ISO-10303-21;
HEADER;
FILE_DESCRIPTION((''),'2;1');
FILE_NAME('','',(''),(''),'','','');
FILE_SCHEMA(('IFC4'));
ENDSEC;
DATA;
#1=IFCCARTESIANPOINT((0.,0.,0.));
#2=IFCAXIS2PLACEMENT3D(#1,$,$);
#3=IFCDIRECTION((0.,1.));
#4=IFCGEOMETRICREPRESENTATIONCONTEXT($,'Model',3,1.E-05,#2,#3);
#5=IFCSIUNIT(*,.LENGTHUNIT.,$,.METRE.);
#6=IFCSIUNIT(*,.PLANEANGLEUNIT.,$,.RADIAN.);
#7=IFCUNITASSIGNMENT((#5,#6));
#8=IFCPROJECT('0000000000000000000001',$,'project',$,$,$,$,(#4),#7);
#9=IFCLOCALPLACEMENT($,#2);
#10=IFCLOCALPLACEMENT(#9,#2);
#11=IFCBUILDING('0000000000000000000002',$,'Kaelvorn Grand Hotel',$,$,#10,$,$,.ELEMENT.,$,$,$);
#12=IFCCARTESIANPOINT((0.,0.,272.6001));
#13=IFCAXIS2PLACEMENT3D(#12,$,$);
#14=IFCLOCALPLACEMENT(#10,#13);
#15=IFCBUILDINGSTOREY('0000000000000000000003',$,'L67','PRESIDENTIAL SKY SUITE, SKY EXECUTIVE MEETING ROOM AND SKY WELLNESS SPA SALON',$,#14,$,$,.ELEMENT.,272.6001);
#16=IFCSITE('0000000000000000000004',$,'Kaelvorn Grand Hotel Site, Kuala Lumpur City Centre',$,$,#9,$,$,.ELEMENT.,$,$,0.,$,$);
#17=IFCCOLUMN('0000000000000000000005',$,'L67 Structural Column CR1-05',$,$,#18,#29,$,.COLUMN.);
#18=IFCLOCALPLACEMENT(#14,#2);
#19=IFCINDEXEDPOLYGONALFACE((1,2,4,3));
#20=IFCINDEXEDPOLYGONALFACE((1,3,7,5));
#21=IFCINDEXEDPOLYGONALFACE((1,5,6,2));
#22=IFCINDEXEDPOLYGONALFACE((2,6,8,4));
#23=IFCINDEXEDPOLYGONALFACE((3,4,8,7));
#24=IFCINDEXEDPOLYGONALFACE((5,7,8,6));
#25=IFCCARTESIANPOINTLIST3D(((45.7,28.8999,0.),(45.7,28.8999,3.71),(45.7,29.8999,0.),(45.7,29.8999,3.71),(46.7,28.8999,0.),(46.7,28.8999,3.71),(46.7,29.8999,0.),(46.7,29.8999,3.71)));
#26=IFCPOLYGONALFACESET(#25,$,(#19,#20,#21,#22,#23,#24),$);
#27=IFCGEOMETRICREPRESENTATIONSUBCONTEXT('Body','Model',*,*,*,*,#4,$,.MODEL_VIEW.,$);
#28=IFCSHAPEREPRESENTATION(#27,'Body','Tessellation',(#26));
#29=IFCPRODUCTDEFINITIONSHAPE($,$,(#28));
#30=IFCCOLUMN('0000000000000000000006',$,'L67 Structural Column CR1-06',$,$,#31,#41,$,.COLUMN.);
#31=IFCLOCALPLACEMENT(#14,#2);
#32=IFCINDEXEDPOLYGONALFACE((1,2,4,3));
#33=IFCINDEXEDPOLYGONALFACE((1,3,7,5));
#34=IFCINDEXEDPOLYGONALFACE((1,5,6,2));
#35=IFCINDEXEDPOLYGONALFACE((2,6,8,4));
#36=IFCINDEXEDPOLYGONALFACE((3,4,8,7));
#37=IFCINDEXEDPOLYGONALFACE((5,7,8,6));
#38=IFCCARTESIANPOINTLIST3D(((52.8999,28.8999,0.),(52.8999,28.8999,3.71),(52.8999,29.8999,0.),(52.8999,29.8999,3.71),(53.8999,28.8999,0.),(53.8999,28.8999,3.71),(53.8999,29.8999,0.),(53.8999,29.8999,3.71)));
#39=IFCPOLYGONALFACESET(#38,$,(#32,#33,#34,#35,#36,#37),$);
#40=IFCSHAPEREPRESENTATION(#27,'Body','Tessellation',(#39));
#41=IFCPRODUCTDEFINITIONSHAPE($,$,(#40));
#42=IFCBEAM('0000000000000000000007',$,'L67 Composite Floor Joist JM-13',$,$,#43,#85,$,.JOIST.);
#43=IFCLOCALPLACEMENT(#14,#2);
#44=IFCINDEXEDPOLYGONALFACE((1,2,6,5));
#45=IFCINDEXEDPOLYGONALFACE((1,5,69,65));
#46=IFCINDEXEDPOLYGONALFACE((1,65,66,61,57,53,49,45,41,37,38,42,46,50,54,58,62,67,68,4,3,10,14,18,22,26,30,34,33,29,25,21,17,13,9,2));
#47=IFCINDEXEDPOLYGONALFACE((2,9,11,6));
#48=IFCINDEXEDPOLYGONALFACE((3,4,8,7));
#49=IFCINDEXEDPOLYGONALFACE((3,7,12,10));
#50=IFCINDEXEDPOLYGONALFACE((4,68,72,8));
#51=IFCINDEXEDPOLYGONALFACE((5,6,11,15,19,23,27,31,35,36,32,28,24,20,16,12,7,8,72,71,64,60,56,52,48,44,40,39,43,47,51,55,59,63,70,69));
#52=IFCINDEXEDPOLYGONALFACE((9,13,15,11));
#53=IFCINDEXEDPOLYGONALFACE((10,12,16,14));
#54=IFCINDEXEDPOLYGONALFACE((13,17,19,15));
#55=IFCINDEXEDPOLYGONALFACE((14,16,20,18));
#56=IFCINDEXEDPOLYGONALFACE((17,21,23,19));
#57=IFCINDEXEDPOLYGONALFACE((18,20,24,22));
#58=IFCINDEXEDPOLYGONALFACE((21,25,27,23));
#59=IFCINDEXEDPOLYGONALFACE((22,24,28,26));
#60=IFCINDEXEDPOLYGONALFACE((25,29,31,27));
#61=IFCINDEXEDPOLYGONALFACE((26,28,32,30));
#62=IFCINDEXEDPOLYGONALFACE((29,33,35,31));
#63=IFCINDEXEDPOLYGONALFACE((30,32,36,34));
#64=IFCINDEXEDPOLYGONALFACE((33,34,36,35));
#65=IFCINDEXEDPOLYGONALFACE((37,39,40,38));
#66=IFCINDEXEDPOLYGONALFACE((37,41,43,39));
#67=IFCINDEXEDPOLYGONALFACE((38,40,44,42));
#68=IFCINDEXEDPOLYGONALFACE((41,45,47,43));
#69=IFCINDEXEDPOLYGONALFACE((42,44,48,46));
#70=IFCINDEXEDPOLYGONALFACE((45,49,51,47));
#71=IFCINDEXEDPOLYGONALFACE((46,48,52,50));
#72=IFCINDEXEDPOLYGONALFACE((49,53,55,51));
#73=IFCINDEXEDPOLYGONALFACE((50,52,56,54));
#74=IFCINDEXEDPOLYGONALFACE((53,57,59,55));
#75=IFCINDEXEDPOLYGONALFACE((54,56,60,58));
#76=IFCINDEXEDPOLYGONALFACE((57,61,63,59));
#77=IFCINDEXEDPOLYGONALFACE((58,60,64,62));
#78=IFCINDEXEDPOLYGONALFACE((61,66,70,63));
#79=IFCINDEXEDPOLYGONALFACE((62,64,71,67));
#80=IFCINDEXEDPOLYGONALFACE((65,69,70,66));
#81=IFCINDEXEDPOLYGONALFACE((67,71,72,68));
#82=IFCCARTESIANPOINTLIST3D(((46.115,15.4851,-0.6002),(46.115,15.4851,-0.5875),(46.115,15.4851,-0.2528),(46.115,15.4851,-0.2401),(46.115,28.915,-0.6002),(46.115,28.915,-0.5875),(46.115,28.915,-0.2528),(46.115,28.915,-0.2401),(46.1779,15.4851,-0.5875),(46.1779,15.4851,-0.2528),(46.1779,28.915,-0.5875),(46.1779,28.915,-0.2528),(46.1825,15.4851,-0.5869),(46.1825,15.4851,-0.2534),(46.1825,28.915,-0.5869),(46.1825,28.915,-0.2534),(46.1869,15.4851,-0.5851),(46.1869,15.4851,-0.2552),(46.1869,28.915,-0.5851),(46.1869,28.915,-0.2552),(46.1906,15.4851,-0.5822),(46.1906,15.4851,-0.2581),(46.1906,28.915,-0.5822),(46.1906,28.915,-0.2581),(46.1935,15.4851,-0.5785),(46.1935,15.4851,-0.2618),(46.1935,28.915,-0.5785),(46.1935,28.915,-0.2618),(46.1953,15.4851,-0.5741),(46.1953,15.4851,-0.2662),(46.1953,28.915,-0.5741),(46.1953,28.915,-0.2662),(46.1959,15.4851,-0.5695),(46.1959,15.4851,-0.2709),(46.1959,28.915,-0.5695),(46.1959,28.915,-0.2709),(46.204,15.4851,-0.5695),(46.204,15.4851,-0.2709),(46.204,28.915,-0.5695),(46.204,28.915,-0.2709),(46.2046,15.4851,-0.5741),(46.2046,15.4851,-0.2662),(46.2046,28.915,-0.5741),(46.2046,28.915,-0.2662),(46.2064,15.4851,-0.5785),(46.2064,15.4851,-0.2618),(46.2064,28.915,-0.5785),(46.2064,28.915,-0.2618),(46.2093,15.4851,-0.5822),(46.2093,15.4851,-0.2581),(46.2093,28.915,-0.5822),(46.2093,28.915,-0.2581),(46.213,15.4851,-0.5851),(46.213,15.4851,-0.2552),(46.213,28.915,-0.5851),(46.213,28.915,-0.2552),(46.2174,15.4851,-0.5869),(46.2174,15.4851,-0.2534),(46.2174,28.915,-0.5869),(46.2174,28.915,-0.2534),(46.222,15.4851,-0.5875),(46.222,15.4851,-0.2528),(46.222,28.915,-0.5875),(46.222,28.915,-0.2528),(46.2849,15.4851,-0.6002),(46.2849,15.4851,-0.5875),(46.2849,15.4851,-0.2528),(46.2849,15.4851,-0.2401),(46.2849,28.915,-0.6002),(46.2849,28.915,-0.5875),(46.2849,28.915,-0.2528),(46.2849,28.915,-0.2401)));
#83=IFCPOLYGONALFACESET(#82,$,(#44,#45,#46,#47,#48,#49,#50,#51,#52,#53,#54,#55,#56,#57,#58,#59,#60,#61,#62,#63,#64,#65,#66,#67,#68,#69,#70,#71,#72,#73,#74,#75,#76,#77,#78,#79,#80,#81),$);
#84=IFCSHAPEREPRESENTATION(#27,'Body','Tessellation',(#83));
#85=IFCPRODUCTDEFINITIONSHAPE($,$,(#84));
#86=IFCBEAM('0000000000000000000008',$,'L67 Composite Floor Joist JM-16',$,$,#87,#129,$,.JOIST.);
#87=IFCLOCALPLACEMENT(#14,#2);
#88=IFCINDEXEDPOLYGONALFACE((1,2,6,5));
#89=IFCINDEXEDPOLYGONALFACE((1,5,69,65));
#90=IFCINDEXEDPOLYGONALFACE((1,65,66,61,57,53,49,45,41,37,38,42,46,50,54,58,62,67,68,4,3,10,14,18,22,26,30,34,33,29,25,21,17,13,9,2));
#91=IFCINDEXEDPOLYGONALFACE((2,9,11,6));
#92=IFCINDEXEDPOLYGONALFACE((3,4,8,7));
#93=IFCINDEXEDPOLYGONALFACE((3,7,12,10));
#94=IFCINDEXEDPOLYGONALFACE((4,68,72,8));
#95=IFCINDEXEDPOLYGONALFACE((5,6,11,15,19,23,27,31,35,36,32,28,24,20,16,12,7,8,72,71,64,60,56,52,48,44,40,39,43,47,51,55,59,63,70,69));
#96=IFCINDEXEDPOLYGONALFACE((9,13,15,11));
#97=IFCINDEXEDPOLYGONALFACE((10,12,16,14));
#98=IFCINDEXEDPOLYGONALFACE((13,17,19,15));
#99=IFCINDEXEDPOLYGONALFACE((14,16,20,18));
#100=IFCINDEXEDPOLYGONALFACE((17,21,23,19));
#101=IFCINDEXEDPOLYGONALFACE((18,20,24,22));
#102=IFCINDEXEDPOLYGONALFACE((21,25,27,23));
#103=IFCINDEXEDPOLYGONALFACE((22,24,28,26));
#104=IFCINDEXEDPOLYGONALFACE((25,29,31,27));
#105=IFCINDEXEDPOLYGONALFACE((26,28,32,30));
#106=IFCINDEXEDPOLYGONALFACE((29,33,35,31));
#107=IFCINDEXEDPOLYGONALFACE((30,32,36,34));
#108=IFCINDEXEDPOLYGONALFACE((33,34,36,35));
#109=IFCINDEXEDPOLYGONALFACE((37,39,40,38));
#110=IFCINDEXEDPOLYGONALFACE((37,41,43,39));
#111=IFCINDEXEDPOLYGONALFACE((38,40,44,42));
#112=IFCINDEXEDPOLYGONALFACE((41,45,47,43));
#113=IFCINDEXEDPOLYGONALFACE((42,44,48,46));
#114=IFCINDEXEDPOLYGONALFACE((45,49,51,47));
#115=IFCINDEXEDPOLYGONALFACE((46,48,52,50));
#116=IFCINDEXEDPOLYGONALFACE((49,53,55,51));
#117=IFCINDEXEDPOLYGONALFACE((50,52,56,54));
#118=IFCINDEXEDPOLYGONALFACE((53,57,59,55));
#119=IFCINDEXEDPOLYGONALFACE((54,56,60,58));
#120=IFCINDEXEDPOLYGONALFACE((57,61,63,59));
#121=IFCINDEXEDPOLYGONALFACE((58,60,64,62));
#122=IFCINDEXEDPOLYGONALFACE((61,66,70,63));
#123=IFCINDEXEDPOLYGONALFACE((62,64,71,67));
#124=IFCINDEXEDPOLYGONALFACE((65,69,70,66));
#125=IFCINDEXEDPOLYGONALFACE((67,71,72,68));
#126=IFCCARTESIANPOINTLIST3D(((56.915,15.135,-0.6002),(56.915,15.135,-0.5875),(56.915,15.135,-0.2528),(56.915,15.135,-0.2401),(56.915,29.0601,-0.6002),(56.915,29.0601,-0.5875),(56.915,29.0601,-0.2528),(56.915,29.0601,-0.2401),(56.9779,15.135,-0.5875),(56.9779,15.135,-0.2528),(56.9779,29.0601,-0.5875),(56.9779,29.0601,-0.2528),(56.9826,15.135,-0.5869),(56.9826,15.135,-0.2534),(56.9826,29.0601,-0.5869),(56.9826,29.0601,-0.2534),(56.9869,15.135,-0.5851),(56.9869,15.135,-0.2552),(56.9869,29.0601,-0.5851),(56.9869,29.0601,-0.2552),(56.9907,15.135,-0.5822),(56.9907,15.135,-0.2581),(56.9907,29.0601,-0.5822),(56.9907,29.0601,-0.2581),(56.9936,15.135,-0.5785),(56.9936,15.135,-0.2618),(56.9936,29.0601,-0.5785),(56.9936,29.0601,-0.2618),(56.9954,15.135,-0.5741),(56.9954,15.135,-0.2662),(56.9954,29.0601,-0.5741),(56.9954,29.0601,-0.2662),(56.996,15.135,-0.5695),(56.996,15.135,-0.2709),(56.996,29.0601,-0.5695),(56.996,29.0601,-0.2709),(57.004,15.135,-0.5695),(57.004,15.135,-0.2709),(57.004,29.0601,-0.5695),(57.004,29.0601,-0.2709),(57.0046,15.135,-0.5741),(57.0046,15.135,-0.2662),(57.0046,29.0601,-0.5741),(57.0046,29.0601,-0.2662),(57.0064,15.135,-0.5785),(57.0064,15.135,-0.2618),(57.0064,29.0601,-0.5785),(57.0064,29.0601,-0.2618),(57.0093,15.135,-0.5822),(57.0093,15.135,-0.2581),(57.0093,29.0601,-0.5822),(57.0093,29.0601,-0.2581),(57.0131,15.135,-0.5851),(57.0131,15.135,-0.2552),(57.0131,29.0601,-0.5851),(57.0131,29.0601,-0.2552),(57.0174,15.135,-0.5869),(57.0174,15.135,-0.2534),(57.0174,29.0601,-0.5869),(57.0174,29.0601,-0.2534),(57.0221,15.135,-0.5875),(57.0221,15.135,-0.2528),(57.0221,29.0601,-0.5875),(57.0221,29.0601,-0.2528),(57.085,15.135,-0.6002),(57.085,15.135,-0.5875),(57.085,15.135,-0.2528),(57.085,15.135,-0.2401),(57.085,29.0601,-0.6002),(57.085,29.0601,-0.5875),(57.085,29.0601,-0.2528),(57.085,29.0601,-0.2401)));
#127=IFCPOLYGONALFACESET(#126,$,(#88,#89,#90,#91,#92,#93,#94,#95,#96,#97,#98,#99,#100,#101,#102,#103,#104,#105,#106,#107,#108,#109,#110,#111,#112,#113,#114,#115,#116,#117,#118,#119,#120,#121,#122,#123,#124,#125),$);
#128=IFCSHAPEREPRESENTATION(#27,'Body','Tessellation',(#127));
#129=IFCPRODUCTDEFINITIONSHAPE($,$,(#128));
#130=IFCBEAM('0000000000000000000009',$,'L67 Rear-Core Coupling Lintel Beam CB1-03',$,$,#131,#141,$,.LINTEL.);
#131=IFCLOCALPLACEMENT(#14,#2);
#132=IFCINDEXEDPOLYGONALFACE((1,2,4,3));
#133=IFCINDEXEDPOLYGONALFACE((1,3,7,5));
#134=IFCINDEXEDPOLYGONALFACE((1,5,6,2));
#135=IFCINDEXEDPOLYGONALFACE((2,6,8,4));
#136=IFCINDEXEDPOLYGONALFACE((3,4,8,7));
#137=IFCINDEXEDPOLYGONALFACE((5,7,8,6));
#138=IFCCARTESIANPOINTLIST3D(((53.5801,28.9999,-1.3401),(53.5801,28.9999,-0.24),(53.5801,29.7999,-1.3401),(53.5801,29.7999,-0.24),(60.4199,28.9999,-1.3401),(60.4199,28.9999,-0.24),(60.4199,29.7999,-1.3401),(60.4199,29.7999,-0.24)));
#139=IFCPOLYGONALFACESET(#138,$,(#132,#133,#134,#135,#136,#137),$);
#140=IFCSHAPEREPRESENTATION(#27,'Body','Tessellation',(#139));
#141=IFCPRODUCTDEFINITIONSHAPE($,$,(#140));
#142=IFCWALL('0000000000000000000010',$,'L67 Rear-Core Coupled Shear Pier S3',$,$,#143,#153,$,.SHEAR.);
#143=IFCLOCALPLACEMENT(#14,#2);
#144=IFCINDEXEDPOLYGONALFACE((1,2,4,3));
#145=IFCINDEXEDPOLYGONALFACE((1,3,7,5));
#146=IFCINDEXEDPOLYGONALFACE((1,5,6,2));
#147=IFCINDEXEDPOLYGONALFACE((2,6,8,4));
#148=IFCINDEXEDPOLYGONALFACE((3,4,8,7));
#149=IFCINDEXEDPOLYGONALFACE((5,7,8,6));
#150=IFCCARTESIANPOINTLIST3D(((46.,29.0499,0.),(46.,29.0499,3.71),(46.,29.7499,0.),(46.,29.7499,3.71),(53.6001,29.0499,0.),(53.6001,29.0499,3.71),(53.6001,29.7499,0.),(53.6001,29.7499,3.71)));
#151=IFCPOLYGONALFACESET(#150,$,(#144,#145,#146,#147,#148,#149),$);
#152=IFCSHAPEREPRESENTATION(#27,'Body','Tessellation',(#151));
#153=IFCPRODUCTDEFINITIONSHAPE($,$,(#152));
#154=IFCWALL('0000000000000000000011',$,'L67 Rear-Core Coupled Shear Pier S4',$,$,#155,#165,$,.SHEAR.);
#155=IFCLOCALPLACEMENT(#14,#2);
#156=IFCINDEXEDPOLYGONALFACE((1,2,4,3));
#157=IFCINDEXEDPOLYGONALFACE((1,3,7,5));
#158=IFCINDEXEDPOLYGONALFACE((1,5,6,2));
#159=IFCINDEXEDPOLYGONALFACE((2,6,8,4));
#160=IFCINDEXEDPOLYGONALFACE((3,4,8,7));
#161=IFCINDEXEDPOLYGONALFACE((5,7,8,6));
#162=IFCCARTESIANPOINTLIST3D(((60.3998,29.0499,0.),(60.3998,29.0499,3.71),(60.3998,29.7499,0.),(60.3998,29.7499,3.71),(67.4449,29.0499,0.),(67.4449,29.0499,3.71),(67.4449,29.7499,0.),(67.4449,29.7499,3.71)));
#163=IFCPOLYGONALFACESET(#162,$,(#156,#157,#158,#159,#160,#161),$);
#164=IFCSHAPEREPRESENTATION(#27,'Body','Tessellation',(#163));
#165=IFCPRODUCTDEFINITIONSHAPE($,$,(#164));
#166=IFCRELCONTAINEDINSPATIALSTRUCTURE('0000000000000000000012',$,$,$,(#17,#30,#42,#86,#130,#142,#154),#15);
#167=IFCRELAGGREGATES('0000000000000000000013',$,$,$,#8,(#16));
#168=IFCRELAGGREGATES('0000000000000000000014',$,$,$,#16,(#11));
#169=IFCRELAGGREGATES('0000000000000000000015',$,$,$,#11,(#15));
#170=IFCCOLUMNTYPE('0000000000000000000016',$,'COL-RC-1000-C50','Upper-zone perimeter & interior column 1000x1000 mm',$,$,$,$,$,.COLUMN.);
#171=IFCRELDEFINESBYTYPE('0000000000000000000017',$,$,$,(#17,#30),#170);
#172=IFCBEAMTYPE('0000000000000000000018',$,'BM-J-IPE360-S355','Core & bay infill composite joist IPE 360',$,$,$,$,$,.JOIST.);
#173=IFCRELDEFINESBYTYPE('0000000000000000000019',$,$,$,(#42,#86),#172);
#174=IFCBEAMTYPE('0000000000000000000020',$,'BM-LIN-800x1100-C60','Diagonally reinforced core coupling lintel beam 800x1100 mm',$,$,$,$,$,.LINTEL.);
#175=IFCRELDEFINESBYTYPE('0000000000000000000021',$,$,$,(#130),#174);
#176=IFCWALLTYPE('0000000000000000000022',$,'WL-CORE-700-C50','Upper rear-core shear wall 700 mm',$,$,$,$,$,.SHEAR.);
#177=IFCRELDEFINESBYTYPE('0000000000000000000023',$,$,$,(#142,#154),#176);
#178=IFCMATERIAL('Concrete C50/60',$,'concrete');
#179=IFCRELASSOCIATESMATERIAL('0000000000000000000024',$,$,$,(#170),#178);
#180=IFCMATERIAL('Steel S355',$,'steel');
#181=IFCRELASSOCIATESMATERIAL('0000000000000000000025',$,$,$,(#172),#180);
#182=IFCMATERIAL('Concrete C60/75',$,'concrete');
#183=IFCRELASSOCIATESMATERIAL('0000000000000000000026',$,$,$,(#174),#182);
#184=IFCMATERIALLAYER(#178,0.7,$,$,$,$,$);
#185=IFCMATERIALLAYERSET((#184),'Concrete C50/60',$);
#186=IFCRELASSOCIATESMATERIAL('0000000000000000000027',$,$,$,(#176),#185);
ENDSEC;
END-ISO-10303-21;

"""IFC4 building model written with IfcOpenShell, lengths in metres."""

from ifc_helpers import new_model, si_unit, direction, frame, frame_2d, origin, origin_2d, place, context, subcontext, project, spatial, rectangle, i_section, extrude, material, layer, layer_set, material_profile, profile_set, type_object, element, save


model = new_model("IFC4")

# Units and contexts
model_context = context("Model", 3, precision=1e-05, world=origin(), true_north=direction((0.0, 1.0)))
body_context = subcontext(model_context, "Body", "Model", "MODEL_VIEW")
ifc_project = project(units=[si_unit("LENGTHUNIT", "METRE"), si_unit("PLANEANGLEUNIT", "RADIAN")], contexts=[model_context])

# Site, building, storey
site_placement = place(None, origin())
site = spatial("IfcSite", under=ifc_project, at=site_placement, Name="Kaelvorn Grand Hotel Site, Kuala Lumpur City Centre", CompositionType="ELEMENT", RefElevation=0.0)
building_placement = place(site_placement, origin())
building = spatial("IfcBuilding", under=site, at=building_placement, Name="Kaelvorn Grand Hotel", CompositionType="ELEMENT")
storey_placement = place(building_placement, frame((0.0, 0.0, 272.6001)))
storey = spatial("IfcBuildingStorey", under=building, at=storey_placement, Name="L67", Description="PRESIDENTIAL SKY SUITE, SKY EXECUTIVE MEETING ROOM AND SKY WELLNESS SPA SALON", CompositionType="ELEMENT", Elevation=272.6001)

# Columns
ifc_material_1 = material(Name="Concrete C50/60", Category="concrete")
ifc_material_profile_1 = material_profile(ifc_material_1, rectangle(XDim=1.0, YDim=1.0, at=origin_2d()), Name="RC COL 1000x1000")
ifc_profile_set_1 = profile_set([ifc_material_profile_1], Name="Concrete C50/60")
column_type = type_object("IfcColumnType", Name="COL-RC-1000-C50", Description="Upper-zone perimeter & interior column 1000x1000 mm", PredefinedType="COLUMN", material=ifc_profile_set_1)
for number, where, z_axis, x_axis, name in (
    (1, (46.2, 29.3999, 0.0), (0.0, 0.0, 1.0), (1.0, 0.0, 0.0), "L67 Structural Column CR1-05"),
    (2, (53.3999, 29.3999, 0.0), (0.0, 0.0, 1.0), (1.0, 0.0, 0.0), "L67 Structural Column CR1-06"),
):
    element("IfcColumn", number, at=place(storey_placement, frame(where, z_axis=z_axis, x_axis=x_axis)), inside=storey, type_object=column_type, Name=name, PredefinedType="COLUMN", context=body_context, shape_type="SweptSolid", body=[
        extrude(rectangle(XDim=1.0, YDim=1.0, at=origin_2d()), origin(), (0.0, 0.0, 1.0), 3.71),
    ])

# Beams
ifc_material_2 = material(Name="Steel S355", Category="steel")
ifc_material_profile_2 = material_profile(ifc_material_2, i_section(OverallWidth=0.1699, OverallDepth=0.3601, WebThickness=0.0081, FlangeThickness=0.0127, FilletRadius=0.0181, at=origin_2d()), Name="IPE 360")
ifc_profile_set_2 = profile_set([ifc_material_profile_2], Name="Steel S355")
beam_type_1 = type_object("IfcBeamType", Name="BM-J-IPE360-S355", Description="Core & bay infill composite joist IPE 360", PredefinedType="JOIST", material=ifc_profile_set_2)
beam_1_placement = place(storey_placement, frame((46.2, 15.4851, -0.4202), z_axis=(0.0, 1.0, 0.0), x_axis=(-1.0, 0.0, 0.0)))
element("IfcBeam", 3, at=beam_1_placement, inside=storey, type_object=beam_type_1, Name="L67 Composite Floor Joist JM-13", PredefinedType="JOIST", context=body_context, shape_type="SweptSolid", body=[
    extrude(i_section(OverallWidth=0.1699, OverallDepth=0.3601, WebThickness=0.0081, FlangeThickness=0.0127, FilletRadius=0.0181, at=origin_2d()), origin(), (0.0, 0.0, 1.0), 13.4299),
])
beam_2_placement = place(storey_placement, frame((57.0, 15.135, -0.4202), z_axis=(0.0, 1.0, 0.0), x_axis=(-1.0, 0.0, 0.0)))
element("IfcBeam", 4, at=beam_2_placement, inside=storey, type_object=beam_type_1, Name="L67 Composite Floor Joist JM-16", PredefinedType="JOIST", context=body_context, shape_type="SweptSolid", body=[
    extrude(i_section(OverallWidth=0.1699, OverallDepth=0.3601, WebThickness=0.0081, FlangeThickness=0.0127, FilletRadius=0.0181, at=origin_2d()), origin(), (0.0, 0.0, 1.0), 13.925),
])
ifc_material_3 = material(Name="Concrete C60/75", Category="concrete")
ifc_material_profile_3 = material_profile(ifc_material_3, rectangle(XDim=0.8, YDim=1.1001, at=origin_2d()), Name="RC LINTEL 800x1100")
ifc_profile_set_3 = profile_set([ifc_material_profile_3], Name="Concrete C60/75")
beam_type_2 = type_object("IfcBeamType", Name="BM-LIN-800x1100-C60", Description="Diagonally reinforced core coupling lintel beam 800x1100 mm", PredefinedType="LINTEL", material=ifc_profile_set_3)
beam_3_placement = place(storey_placement, frame((53.5801, 29.3999, -0.79), z_axis=(1.0, 0.0, 0.0), x_axis=(0.0, 1.0, 0.0)))
element("IfcBeam", 5, at=beam_3_placement, inside=storey, type_object=beam_type_2, Name="L67 Rear-Core Coupling Lintel Beam CB1-03", PredefinedType="LINTEL", context=body_context, shape_type="SweptSolid", body=[
    extrude(rectangle(XDim=0.8, YDim=1.1001, at=origin_2d()), origin(), (0.0, 0.0, 1.0), 6.8398),
])

# Walls
ifc_layer_1 = layer(ifc_material_1, 0.7)
ifc_layer_set_1 = layer_set([ifc_layer_1], Name="Concrete C50/60")
wall_type_1 = type_object("IfcWallType", Name="WL-CORE-700-C50", Description="Upper rear-core shear wall 700 mm", PredefinedType="SHEAR", material=ifc_layer_set_1)
wall_1_placement = place(storey_placement, frame((46.0, 29.3999, 0.0), z_axis=(0.0, 0.0, 1.0), x_axis=(1.0, 0.0, 0.0)))
element("IfcWall", 6, at=wall_1_placement, inside=storey, type_object=wall_type_1, Name="L67 Rear-Core Coupled Shear Pier S3", PredefinedType="SHEAR", context=body_context, shape_type="SweptSolid", body=[
    extrude(rectangle(XDim=7.6001, YDim=0.7, at=frame_2d((3.8, 0.0))), origin(), (0.0, 0.0, 1.0), 3.71),
])
wall_2_placement = place(storey_placement, frame((60.3999, 29.3999, 0.0), z_axis=(0.0, 0.0, 1.0), x_axis=(1.0, 0.0, 0.0)))
element("IfcWall", 7, at=wall_2_placement, inside=storey, type_object=wall_type_1, Name="L67 Rear-Core Coupled Shear Pier S4", PredefinedType="SHEAR", context=body_context, shape_type="SweptSolid", body=[
    extrude(rectangle(XDim=7.0452, YDim=0.7, at=frame_2d((3.5225, 0.0))), origin(), (0.0, 0.0, 1.0), 3.71),
])

save(model, "model.ifc")
